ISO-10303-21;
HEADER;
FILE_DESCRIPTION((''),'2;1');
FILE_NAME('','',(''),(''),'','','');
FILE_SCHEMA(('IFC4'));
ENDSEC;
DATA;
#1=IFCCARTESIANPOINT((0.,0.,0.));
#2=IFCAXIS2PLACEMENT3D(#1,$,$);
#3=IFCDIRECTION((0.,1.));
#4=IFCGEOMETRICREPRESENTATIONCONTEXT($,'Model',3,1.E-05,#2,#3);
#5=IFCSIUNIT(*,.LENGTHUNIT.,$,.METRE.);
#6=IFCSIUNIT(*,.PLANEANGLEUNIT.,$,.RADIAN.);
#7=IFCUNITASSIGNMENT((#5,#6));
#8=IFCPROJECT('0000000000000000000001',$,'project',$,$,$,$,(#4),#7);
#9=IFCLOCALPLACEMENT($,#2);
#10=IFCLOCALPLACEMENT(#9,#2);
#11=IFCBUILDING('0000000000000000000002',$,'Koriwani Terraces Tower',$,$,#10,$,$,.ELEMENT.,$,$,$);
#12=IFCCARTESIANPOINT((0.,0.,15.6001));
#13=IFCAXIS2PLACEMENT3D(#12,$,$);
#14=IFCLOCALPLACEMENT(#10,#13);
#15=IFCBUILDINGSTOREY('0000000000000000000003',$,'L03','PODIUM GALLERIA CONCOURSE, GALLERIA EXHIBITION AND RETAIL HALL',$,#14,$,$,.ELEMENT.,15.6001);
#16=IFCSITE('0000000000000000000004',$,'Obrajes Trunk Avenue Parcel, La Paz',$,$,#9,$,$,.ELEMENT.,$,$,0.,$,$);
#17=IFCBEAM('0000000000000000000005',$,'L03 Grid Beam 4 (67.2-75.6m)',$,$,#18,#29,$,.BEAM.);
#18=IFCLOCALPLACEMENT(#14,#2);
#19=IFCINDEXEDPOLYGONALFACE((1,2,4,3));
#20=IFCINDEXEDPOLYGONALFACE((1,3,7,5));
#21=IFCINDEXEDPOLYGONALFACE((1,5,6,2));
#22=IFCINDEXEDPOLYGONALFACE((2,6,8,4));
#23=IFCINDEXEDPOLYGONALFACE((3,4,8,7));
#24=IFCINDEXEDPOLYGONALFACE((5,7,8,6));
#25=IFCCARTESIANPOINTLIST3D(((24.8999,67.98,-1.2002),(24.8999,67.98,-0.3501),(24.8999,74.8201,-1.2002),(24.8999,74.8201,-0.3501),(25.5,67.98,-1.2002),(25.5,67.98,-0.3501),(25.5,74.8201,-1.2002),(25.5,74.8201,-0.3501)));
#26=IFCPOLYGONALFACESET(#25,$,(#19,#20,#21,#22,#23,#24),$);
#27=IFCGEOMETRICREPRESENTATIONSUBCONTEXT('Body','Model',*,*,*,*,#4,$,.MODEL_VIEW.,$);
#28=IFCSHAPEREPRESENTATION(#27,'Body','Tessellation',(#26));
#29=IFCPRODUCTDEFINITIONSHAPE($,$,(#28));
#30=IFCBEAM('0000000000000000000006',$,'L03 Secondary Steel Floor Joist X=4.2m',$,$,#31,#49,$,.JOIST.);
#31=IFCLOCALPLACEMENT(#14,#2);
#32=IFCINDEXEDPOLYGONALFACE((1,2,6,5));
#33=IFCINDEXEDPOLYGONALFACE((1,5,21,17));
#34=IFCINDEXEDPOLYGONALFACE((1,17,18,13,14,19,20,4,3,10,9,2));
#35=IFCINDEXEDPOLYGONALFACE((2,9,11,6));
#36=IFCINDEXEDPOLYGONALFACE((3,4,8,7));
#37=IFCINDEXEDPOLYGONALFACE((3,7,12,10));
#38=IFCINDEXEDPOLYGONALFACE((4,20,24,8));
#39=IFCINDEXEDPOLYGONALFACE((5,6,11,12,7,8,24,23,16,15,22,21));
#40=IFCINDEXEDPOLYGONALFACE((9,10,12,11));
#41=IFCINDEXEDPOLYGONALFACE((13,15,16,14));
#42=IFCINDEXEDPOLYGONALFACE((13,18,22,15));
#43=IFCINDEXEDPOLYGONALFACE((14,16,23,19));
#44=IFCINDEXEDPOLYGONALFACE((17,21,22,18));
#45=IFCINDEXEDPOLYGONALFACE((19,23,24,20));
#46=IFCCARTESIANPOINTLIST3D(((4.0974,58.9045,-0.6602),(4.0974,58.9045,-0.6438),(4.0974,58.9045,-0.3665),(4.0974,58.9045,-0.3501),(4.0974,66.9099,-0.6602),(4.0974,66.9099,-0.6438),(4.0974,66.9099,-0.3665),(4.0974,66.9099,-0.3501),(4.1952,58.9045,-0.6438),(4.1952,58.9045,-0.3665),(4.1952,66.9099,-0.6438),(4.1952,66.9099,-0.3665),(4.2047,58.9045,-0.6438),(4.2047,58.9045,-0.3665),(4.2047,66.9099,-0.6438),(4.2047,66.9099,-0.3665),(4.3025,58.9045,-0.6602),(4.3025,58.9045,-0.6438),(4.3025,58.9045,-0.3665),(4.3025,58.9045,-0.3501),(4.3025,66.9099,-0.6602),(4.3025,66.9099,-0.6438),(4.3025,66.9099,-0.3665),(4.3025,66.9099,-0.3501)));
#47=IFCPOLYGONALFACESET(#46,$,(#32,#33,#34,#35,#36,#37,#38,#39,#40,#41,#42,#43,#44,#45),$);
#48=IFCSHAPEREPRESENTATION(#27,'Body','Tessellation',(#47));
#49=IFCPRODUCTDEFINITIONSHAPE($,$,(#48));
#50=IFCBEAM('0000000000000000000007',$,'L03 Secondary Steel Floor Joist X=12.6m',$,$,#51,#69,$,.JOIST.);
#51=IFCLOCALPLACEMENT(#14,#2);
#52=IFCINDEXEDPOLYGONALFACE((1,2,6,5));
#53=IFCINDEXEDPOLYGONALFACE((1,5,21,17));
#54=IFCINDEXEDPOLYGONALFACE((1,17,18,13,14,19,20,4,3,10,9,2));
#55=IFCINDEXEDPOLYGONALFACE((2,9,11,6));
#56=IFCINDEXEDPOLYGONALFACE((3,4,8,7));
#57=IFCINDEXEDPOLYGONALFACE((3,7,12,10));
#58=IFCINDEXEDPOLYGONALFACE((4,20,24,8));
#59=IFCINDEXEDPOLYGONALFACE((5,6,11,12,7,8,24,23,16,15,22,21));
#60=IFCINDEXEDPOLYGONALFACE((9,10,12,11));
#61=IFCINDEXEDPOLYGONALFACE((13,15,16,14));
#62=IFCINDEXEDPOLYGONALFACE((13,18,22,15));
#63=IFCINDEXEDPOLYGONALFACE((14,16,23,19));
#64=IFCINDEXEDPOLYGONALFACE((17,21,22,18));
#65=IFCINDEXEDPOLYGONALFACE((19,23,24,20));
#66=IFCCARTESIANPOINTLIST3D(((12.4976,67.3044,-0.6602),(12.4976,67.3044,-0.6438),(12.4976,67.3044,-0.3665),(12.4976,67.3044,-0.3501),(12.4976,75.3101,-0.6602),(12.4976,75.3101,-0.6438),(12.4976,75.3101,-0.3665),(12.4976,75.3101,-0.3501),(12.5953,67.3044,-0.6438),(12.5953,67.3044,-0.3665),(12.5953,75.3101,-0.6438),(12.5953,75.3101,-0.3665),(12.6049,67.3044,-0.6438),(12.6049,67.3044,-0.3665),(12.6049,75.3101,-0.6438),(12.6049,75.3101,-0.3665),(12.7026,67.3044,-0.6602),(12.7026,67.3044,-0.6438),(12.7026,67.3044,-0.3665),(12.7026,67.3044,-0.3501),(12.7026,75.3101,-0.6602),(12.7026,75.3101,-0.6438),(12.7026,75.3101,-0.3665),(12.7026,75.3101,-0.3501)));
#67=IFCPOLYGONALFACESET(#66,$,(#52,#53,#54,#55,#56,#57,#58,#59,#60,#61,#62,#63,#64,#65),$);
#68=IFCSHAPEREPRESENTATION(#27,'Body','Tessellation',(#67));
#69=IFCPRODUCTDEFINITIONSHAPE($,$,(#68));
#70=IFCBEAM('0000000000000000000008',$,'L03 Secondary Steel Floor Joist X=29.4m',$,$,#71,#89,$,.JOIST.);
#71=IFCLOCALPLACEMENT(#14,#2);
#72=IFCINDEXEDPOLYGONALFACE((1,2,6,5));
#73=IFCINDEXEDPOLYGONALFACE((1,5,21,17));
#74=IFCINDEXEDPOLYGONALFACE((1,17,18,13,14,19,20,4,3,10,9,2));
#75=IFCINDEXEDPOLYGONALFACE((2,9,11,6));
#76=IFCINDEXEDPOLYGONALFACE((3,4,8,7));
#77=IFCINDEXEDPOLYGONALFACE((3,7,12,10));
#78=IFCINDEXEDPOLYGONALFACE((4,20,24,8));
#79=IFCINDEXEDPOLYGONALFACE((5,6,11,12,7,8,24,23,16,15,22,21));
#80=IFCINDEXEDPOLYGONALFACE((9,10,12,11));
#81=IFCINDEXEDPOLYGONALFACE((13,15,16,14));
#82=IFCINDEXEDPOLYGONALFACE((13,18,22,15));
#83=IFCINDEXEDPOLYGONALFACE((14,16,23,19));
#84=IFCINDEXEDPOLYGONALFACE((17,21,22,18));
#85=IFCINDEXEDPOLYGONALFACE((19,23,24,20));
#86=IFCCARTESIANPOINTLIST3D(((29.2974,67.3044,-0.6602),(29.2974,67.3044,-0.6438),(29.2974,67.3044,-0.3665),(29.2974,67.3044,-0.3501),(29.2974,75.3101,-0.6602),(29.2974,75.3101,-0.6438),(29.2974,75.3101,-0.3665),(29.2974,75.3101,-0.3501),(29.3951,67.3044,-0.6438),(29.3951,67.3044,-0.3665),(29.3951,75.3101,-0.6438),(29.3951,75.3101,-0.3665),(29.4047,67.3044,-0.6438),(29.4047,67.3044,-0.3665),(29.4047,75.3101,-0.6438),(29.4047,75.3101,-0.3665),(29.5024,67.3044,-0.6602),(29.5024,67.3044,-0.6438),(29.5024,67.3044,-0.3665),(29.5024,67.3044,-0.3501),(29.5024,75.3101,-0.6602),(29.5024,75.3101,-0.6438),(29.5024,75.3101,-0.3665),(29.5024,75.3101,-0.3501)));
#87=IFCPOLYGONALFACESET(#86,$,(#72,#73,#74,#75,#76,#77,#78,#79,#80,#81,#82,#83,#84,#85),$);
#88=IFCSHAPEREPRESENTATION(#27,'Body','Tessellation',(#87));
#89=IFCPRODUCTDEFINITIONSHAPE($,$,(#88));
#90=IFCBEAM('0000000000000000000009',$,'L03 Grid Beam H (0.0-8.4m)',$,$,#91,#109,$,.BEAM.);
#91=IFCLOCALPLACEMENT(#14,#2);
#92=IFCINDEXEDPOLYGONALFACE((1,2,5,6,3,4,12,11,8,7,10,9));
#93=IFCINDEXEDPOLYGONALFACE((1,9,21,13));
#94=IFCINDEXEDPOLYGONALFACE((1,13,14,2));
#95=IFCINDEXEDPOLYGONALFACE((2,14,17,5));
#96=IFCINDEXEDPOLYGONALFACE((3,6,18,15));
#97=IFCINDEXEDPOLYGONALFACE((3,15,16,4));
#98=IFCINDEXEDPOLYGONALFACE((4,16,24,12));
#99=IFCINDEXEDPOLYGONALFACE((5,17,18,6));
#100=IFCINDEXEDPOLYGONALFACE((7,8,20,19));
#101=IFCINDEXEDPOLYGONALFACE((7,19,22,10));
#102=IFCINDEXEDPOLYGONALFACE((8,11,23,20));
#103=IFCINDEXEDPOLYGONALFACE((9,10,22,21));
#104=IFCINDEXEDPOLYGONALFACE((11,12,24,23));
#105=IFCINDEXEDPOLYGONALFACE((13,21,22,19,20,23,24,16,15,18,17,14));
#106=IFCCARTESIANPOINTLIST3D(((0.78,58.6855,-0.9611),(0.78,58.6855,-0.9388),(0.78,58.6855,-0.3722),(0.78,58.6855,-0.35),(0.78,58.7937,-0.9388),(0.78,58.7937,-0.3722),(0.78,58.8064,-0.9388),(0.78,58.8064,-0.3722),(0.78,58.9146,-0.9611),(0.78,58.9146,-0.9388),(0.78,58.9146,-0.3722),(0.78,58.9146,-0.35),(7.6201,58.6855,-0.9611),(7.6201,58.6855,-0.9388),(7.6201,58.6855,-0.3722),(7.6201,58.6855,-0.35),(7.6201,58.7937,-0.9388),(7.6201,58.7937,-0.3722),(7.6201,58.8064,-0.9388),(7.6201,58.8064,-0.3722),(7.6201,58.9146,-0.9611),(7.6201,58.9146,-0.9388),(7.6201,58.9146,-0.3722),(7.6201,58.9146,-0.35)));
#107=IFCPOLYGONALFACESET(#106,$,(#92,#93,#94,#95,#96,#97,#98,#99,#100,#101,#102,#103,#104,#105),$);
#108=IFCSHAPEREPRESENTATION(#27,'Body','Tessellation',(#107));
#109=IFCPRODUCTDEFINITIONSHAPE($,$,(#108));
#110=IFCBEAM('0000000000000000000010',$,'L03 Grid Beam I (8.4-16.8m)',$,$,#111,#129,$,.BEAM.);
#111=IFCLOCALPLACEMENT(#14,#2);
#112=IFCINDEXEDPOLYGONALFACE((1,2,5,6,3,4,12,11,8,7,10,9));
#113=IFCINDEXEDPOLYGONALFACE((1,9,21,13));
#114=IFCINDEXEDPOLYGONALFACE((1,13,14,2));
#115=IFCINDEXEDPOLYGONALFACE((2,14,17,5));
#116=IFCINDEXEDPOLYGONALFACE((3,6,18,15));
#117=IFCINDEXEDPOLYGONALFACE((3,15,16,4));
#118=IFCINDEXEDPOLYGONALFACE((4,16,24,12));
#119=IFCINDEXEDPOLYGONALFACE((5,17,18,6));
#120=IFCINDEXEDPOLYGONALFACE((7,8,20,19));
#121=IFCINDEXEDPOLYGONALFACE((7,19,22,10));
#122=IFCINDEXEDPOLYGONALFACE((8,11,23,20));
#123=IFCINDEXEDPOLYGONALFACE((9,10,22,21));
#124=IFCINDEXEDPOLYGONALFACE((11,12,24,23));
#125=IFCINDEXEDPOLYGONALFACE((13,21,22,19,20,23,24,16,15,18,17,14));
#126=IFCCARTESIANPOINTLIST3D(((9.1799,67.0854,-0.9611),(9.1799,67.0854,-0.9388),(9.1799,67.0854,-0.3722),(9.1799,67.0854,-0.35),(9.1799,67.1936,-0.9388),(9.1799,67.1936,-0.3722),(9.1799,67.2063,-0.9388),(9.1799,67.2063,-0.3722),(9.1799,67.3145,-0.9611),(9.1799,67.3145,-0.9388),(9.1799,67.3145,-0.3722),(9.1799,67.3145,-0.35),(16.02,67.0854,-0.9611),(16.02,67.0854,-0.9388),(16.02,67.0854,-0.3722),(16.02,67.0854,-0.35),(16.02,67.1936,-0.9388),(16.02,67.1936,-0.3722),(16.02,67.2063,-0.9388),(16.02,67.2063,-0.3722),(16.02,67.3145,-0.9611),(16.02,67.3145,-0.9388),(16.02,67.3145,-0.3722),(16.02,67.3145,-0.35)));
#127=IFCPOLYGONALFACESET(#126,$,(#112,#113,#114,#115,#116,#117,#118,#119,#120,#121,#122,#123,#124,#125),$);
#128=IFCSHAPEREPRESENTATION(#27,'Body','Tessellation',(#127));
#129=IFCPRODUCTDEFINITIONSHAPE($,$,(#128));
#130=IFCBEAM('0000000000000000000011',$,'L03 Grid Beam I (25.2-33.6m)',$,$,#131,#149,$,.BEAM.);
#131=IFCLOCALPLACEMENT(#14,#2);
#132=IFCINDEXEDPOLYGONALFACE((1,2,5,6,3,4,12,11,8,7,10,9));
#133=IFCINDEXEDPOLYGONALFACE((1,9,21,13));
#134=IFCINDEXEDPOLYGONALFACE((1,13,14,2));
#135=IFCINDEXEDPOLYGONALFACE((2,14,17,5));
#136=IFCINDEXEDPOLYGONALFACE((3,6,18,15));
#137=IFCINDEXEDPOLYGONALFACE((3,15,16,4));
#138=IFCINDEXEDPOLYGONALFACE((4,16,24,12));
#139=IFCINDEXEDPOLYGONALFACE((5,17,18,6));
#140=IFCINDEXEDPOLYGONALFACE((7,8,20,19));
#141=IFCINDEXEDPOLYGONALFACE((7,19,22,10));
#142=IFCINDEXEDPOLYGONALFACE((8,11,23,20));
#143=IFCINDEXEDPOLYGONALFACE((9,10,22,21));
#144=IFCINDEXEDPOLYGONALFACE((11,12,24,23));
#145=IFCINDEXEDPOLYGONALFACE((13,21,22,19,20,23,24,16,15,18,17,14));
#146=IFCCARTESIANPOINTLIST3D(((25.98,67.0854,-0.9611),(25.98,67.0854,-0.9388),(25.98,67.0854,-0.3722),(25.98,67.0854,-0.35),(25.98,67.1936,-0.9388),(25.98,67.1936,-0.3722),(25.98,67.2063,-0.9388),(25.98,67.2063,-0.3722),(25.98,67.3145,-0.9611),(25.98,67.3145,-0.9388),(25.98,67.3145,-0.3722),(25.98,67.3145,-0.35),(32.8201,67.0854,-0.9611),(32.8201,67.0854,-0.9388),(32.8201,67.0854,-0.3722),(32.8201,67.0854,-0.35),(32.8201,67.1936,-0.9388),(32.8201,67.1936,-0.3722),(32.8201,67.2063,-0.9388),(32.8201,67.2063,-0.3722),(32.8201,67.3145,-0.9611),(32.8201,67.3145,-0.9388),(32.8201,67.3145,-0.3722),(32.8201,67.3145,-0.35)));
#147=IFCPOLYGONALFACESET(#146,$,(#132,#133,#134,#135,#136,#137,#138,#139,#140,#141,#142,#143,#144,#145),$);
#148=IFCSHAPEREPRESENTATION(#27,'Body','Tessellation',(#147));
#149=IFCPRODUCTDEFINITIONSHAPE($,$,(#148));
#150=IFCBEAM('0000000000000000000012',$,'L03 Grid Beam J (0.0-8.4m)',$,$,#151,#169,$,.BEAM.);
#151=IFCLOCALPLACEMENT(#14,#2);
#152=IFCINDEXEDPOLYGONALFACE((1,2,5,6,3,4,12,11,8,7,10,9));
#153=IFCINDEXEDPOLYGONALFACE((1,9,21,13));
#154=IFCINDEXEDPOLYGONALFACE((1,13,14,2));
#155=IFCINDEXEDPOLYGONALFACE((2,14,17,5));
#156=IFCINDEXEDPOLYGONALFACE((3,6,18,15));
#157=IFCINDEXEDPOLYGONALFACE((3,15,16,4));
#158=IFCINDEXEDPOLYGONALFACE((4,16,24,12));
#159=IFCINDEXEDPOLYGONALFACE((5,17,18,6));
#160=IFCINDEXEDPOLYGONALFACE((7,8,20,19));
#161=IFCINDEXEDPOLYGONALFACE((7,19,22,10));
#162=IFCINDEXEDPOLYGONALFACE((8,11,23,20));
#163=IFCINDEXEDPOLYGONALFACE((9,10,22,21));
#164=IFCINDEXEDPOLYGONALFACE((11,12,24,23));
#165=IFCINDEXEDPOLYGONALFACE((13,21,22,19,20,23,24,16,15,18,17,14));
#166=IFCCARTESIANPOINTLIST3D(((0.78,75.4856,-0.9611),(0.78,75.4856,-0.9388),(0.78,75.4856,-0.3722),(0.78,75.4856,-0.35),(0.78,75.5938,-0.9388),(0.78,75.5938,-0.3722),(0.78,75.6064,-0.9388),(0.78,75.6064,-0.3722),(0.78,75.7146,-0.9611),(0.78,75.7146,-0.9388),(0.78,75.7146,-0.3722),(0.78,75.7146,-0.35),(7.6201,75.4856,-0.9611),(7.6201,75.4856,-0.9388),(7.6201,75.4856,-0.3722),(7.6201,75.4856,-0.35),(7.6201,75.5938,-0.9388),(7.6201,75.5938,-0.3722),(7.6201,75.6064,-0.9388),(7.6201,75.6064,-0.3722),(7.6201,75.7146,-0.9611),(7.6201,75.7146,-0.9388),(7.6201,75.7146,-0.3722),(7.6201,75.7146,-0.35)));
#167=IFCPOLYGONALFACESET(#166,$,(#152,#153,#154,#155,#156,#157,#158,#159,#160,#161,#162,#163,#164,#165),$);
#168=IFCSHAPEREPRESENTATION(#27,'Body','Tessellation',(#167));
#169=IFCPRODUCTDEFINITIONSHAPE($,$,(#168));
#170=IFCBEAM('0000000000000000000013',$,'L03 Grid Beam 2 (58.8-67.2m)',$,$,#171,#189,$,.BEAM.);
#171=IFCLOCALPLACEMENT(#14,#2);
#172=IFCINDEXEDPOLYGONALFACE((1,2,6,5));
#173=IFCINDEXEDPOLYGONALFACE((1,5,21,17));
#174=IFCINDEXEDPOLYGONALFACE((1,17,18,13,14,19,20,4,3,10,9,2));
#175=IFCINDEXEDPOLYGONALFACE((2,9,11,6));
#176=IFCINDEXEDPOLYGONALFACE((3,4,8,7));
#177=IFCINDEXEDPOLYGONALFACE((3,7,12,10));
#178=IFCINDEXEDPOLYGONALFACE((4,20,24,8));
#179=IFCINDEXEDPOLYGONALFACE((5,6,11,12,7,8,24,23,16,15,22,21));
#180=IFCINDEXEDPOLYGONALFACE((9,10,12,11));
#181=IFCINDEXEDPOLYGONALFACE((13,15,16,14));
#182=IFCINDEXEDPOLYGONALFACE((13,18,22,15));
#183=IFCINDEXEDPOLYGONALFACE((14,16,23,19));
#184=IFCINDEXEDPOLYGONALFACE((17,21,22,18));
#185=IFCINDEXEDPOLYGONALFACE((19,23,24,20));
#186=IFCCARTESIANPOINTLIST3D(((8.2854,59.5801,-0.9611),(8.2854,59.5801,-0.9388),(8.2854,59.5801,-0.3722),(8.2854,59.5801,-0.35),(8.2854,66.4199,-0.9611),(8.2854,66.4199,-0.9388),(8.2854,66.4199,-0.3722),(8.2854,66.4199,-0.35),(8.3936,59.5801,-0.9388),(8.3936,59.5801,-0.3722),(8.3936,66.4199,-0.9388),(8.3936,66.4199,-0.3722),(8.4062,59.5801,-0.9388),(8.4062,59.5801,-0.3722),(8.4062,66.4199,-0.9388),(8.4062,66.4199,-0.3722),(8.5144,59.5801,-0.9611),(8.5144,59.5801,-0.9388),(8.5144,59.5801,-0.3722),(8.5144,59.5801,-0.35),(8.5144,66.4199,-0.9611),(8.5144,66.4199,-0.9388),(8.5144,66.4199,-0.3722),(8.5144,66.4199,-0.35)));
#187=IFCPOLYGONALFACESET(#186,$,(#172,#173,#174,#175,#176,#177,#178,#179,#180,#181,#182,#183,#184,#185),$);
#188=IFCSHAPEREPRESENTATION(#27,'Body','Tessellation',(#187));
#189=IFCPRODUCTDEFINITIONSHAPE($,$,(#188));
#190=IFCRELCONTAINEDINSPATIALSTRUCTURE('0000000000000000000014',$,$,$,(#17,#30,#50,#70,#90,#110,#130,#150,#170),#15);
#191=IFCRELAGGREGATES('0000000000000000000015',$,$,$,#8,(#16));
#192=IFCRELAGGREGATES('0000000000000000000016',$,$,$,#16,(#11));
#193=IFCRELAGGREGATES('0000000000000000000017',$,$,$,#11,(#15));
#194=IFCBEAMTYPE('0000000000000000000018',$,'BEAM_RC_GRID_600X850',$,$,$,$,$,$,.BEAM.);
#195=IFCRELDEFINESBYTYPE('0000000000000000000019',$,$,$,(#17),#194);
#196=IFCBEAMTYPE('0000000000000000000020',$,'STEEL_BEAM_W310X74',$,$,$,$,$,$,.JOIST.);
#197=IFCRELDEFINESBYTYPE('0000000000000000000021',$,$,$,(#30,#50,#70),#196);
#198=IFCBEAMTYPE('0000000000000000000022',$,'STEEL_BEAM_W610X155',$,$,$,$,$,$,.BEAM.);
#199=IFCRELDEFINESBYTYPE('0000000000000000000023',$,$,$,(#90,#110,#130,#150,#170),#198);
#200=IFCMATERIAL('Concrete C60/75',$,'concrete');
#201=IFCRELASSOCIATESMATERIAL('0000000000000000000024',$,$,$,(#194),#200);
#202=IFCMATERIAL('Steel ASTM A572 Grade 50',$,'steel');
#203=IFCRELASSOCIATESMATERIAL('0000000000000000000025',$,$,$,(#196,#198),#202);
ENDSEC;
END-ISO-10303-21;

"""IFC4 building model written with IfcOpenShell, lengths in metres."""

from ifc_helpers import new_model, si_unit, direction, frame, origin, origin_2d, place, context, subcontext, project, spatial, rectangle, i_section, extrude, material, material_profile, profile_set, type_object, element, save


model = new_model("IFC4")

# Units and contexts
model_context = context("Model", 3, precision=1e-05, world=origin(), true_north=direction((0.0, 1.0)))
body_context = subcontext(model_context, "Body", "Model", "MODEL_VIEW")
ifc_project = project(units=[si_unit("LENGTHUNIT", "METRE"), si_unit("PLANEANGLEUNIT", "RADIAN")], contexts=[model_context])

# Site, building, storey
site_placement = place(None, origin())
site = spatial("IfcSite", under=ifc_project, at=site_placement, Name="Obrajes Trunk Avenue Parcel, La Paz", CompositionType="ELEMENT", RefElevation=0.0)
building_placement = place(site_placement, origin())
building = spatial("IfcBuilding", under=site, at=building_placement, Name="Koriwani Terraces Tower", CompositionType="ELEMENT")
storey_placement = place(building_placement, frame((0.0, 0.0, 15.6001)))
storey = spatial("IfcBuildingStorey", under=building, at=storey_placement, Name="L03", Description="PODIUM GALLERIA CONCOURSE, GALLERIA EXHIBITION AND RETAIL HALL", CompositionType="ELEMENT", Elevation=15.6001)

# Shared definitions
ifc_material_1 = material(Name="Concrete C60/75", Category="concrete")

# Beams
ifc_material_profile_1 = material_profile(ifc_material_1, rectangle(XDim=0.6001, YDim=0.8501, at=origin_2d()), Name="Concrete C60/75", Category="LoadBearing")
ifc_profile_set_1 = profile_set([ifc_material_profile_1], Name="Concrete C60/75")
beam_type_1 = type_object("IfcBeamType", Name="BEAM_RC_GRID_600X850", PredefinedType="BEAM", material=ifc_profile_set_1)
beam_1_placement = place(storey_placement, frame((25.2, 67.98, -0.7751), z_axis=(0.0, 1.0, 0.0), x_axis=(-1.0, 0.0, 0.0)))
element("IfcBeam", 1, at=beam_1_placement, inside=storey, type_object=beam_type_1, Name="L03 Grid Beam 4 (67.2-75.6m)", PredefinedType="BEAM", context=body_context, shape_type="SweptSolid", body=[
    extrude(rectangle(XDim=0.6001, YDim=0.8501, at=origin_2d()), origin(), (0.0, 0.0, 1.0), 6.8401),
])
ifc_material_2 = material(Name="Steel ASTM A572 Grade 50", Category="steel")
ifc_material_profile_2 = material_profile(ifc_material_2, i_section(OverallWidth=0.2051, OverallDepth=0.3101, WebThickness=0.0095, FlangeThickness=0.0164, at=origin_2d()), Name="Steel ASTM A572 Grade 50", Category="LoadBearing")
ifc_profile_set_2 = profile_set([ifc_material_profile_2], Name="Steel ASTM A572 Grade 50")
beam_type_2 = type_object("IfcBeamType", Name="STEEL_BEAM_W310X74", PredefinedType="JOIST", material=ifc_profile_set_2)
beam_2_placement = place(storey_placement, frame((4.2, 58.9045, -0.5051), z_axis=(0.0, 1.0, 0.0), x_axis=(-1.0, 0.0, 0.0)))
element("IfcBeam", 2, at=beam_2_placement, inside=storey, type_object=beam_type_2, Name="L03 Secondary Steel Floor Joist X=4.2m", PredefinedType="JOIST", context=body_context, shape_type="SweptSolid", body=[
    extrude(i_section(OverallWidth=0.2051, OverallDepth=0.3101, WebThickness=0.0095, FlangeThickness=0.0164, at=origin_2d()), origin(), (0.0, 0.0, 1.0), 8.0054),
])
for number, where, z_axis, x_axis, name in (
    (3, (12.6001, 67.3044, -0.5051), (0.0, 1.0, 0.0), (-1.0, 0.0, 0.0), "L03 Secondary Steel Floor Joist X=12.6m"),
    (4, (29.3999, 67.3044, -0.5051), (0.0, 1.0, 0.0), (-1.0, 0.0, 0.0), "L03 Secondary Steel Floor Joist X=29.4m"),
):
    element("IfcBeam", number, at=place(storey_placement, frame(where, z_axis=z_axis, x_axis=x_axis)), inside=storey, type_object=beam_type_2, Name=name, PredefinedType="JOIST", context=body_context, shape_type="SweptSolid", body=[
        extrude(i_section(OverallWidth=0.2051, OverallDepth=0.3101, WebThickness=0.0095, FlangeThickness=0.0164, at=origin_2d()), origin(), (0.0, 0.0, 1.0), 8.0056),
    ])
ifc_material_profile_3 = material_profile(ifc_material_2, i_section(OverallWidth=0.229, OverallDepth=0.6111, WebThickness=0.0127, FlangeThickness=0.0222, at=origin_2d()), Name="Steel ASTM A572 Grade 50", Category="LoadBearing")
ifc_profile_set_3 = profile_set([ifc_material_profile_3], Name="Steel ASTM A572 Grade 50")
beam_type_3 = type_object("IfcBeamType", Name="STEEL_BEAM_W610X155", PredefinedType="BEAM", material=ifc_profile_set_3)
for number, where, z_axis, x_axis, name in (
    (5, (0.78, 58.8, -0.6555), (1.0, 0.0, 0.0), (0.0, 1.0, 0.0), "L03 Grid Beam H (0.0-8.4m)"),
    (6, (9.1799, 67.2, -0.6555), (1.0, 0.0, 0.0), (0.0, 1.0, 0.0), "L03 Grid Beam I (8.4-16.8m)"),
    (7, (25.98, 67.2, -0.6555), (1.0, 0.0, 0.0), (0.0, 1.0, 0.0), "L03 Grid Beam I (25.2-33.6m)"),
    (8, (0.78, 75.6001, -0.6555), (1.0, 0.0, 0.0), (0.0, 1.0, 0.0), "L03 Grid Beam J (0.0-8.4m)"),
):
    element("IfcBeam", number, at=place(storey_placement, frame(where, z_axis=z_axis, x_axis=x_axis)), inside=storey, type_object=beam_type_3, Name=name, PredefinedType="BEAM", context=body_context, shape_type="SweptSolid", body=[
        extrude(i_section(OverallWidth=0.229, OverallDepth=0.6111, WebThickness=0.0127, FlangeThickness=0.0222, at=origin_2d()), origin(), (0.0, 0.0, 1.0), 6.8401),
    ])
beam_3_placement = place(storey_placement, frame((8.3999, 59.5801, -0.6555), z_axis=(0.0, 1.0, 0.0), x_axis=(-1.0, 0.0, 0.0)))
element("IfcBeam", 9, at=beam_3_placement, inside=storey, type_object=beam_type_3, Name="L03 Grid Beam 2 (58.8-67.2m)", PredefinedType="BEAM", context=body_context, shape_type="SweptSolid", body=[
    extrude(i_section(OverallWidth=0.229, OverallDepth=0.6111, WebThickness=0.0127, FlangeThickness=0.0222, at=origin_2d()), origin(), (0.0, 0.0, 1.0), 6.8398),
])

save(model, "model.ifc")
